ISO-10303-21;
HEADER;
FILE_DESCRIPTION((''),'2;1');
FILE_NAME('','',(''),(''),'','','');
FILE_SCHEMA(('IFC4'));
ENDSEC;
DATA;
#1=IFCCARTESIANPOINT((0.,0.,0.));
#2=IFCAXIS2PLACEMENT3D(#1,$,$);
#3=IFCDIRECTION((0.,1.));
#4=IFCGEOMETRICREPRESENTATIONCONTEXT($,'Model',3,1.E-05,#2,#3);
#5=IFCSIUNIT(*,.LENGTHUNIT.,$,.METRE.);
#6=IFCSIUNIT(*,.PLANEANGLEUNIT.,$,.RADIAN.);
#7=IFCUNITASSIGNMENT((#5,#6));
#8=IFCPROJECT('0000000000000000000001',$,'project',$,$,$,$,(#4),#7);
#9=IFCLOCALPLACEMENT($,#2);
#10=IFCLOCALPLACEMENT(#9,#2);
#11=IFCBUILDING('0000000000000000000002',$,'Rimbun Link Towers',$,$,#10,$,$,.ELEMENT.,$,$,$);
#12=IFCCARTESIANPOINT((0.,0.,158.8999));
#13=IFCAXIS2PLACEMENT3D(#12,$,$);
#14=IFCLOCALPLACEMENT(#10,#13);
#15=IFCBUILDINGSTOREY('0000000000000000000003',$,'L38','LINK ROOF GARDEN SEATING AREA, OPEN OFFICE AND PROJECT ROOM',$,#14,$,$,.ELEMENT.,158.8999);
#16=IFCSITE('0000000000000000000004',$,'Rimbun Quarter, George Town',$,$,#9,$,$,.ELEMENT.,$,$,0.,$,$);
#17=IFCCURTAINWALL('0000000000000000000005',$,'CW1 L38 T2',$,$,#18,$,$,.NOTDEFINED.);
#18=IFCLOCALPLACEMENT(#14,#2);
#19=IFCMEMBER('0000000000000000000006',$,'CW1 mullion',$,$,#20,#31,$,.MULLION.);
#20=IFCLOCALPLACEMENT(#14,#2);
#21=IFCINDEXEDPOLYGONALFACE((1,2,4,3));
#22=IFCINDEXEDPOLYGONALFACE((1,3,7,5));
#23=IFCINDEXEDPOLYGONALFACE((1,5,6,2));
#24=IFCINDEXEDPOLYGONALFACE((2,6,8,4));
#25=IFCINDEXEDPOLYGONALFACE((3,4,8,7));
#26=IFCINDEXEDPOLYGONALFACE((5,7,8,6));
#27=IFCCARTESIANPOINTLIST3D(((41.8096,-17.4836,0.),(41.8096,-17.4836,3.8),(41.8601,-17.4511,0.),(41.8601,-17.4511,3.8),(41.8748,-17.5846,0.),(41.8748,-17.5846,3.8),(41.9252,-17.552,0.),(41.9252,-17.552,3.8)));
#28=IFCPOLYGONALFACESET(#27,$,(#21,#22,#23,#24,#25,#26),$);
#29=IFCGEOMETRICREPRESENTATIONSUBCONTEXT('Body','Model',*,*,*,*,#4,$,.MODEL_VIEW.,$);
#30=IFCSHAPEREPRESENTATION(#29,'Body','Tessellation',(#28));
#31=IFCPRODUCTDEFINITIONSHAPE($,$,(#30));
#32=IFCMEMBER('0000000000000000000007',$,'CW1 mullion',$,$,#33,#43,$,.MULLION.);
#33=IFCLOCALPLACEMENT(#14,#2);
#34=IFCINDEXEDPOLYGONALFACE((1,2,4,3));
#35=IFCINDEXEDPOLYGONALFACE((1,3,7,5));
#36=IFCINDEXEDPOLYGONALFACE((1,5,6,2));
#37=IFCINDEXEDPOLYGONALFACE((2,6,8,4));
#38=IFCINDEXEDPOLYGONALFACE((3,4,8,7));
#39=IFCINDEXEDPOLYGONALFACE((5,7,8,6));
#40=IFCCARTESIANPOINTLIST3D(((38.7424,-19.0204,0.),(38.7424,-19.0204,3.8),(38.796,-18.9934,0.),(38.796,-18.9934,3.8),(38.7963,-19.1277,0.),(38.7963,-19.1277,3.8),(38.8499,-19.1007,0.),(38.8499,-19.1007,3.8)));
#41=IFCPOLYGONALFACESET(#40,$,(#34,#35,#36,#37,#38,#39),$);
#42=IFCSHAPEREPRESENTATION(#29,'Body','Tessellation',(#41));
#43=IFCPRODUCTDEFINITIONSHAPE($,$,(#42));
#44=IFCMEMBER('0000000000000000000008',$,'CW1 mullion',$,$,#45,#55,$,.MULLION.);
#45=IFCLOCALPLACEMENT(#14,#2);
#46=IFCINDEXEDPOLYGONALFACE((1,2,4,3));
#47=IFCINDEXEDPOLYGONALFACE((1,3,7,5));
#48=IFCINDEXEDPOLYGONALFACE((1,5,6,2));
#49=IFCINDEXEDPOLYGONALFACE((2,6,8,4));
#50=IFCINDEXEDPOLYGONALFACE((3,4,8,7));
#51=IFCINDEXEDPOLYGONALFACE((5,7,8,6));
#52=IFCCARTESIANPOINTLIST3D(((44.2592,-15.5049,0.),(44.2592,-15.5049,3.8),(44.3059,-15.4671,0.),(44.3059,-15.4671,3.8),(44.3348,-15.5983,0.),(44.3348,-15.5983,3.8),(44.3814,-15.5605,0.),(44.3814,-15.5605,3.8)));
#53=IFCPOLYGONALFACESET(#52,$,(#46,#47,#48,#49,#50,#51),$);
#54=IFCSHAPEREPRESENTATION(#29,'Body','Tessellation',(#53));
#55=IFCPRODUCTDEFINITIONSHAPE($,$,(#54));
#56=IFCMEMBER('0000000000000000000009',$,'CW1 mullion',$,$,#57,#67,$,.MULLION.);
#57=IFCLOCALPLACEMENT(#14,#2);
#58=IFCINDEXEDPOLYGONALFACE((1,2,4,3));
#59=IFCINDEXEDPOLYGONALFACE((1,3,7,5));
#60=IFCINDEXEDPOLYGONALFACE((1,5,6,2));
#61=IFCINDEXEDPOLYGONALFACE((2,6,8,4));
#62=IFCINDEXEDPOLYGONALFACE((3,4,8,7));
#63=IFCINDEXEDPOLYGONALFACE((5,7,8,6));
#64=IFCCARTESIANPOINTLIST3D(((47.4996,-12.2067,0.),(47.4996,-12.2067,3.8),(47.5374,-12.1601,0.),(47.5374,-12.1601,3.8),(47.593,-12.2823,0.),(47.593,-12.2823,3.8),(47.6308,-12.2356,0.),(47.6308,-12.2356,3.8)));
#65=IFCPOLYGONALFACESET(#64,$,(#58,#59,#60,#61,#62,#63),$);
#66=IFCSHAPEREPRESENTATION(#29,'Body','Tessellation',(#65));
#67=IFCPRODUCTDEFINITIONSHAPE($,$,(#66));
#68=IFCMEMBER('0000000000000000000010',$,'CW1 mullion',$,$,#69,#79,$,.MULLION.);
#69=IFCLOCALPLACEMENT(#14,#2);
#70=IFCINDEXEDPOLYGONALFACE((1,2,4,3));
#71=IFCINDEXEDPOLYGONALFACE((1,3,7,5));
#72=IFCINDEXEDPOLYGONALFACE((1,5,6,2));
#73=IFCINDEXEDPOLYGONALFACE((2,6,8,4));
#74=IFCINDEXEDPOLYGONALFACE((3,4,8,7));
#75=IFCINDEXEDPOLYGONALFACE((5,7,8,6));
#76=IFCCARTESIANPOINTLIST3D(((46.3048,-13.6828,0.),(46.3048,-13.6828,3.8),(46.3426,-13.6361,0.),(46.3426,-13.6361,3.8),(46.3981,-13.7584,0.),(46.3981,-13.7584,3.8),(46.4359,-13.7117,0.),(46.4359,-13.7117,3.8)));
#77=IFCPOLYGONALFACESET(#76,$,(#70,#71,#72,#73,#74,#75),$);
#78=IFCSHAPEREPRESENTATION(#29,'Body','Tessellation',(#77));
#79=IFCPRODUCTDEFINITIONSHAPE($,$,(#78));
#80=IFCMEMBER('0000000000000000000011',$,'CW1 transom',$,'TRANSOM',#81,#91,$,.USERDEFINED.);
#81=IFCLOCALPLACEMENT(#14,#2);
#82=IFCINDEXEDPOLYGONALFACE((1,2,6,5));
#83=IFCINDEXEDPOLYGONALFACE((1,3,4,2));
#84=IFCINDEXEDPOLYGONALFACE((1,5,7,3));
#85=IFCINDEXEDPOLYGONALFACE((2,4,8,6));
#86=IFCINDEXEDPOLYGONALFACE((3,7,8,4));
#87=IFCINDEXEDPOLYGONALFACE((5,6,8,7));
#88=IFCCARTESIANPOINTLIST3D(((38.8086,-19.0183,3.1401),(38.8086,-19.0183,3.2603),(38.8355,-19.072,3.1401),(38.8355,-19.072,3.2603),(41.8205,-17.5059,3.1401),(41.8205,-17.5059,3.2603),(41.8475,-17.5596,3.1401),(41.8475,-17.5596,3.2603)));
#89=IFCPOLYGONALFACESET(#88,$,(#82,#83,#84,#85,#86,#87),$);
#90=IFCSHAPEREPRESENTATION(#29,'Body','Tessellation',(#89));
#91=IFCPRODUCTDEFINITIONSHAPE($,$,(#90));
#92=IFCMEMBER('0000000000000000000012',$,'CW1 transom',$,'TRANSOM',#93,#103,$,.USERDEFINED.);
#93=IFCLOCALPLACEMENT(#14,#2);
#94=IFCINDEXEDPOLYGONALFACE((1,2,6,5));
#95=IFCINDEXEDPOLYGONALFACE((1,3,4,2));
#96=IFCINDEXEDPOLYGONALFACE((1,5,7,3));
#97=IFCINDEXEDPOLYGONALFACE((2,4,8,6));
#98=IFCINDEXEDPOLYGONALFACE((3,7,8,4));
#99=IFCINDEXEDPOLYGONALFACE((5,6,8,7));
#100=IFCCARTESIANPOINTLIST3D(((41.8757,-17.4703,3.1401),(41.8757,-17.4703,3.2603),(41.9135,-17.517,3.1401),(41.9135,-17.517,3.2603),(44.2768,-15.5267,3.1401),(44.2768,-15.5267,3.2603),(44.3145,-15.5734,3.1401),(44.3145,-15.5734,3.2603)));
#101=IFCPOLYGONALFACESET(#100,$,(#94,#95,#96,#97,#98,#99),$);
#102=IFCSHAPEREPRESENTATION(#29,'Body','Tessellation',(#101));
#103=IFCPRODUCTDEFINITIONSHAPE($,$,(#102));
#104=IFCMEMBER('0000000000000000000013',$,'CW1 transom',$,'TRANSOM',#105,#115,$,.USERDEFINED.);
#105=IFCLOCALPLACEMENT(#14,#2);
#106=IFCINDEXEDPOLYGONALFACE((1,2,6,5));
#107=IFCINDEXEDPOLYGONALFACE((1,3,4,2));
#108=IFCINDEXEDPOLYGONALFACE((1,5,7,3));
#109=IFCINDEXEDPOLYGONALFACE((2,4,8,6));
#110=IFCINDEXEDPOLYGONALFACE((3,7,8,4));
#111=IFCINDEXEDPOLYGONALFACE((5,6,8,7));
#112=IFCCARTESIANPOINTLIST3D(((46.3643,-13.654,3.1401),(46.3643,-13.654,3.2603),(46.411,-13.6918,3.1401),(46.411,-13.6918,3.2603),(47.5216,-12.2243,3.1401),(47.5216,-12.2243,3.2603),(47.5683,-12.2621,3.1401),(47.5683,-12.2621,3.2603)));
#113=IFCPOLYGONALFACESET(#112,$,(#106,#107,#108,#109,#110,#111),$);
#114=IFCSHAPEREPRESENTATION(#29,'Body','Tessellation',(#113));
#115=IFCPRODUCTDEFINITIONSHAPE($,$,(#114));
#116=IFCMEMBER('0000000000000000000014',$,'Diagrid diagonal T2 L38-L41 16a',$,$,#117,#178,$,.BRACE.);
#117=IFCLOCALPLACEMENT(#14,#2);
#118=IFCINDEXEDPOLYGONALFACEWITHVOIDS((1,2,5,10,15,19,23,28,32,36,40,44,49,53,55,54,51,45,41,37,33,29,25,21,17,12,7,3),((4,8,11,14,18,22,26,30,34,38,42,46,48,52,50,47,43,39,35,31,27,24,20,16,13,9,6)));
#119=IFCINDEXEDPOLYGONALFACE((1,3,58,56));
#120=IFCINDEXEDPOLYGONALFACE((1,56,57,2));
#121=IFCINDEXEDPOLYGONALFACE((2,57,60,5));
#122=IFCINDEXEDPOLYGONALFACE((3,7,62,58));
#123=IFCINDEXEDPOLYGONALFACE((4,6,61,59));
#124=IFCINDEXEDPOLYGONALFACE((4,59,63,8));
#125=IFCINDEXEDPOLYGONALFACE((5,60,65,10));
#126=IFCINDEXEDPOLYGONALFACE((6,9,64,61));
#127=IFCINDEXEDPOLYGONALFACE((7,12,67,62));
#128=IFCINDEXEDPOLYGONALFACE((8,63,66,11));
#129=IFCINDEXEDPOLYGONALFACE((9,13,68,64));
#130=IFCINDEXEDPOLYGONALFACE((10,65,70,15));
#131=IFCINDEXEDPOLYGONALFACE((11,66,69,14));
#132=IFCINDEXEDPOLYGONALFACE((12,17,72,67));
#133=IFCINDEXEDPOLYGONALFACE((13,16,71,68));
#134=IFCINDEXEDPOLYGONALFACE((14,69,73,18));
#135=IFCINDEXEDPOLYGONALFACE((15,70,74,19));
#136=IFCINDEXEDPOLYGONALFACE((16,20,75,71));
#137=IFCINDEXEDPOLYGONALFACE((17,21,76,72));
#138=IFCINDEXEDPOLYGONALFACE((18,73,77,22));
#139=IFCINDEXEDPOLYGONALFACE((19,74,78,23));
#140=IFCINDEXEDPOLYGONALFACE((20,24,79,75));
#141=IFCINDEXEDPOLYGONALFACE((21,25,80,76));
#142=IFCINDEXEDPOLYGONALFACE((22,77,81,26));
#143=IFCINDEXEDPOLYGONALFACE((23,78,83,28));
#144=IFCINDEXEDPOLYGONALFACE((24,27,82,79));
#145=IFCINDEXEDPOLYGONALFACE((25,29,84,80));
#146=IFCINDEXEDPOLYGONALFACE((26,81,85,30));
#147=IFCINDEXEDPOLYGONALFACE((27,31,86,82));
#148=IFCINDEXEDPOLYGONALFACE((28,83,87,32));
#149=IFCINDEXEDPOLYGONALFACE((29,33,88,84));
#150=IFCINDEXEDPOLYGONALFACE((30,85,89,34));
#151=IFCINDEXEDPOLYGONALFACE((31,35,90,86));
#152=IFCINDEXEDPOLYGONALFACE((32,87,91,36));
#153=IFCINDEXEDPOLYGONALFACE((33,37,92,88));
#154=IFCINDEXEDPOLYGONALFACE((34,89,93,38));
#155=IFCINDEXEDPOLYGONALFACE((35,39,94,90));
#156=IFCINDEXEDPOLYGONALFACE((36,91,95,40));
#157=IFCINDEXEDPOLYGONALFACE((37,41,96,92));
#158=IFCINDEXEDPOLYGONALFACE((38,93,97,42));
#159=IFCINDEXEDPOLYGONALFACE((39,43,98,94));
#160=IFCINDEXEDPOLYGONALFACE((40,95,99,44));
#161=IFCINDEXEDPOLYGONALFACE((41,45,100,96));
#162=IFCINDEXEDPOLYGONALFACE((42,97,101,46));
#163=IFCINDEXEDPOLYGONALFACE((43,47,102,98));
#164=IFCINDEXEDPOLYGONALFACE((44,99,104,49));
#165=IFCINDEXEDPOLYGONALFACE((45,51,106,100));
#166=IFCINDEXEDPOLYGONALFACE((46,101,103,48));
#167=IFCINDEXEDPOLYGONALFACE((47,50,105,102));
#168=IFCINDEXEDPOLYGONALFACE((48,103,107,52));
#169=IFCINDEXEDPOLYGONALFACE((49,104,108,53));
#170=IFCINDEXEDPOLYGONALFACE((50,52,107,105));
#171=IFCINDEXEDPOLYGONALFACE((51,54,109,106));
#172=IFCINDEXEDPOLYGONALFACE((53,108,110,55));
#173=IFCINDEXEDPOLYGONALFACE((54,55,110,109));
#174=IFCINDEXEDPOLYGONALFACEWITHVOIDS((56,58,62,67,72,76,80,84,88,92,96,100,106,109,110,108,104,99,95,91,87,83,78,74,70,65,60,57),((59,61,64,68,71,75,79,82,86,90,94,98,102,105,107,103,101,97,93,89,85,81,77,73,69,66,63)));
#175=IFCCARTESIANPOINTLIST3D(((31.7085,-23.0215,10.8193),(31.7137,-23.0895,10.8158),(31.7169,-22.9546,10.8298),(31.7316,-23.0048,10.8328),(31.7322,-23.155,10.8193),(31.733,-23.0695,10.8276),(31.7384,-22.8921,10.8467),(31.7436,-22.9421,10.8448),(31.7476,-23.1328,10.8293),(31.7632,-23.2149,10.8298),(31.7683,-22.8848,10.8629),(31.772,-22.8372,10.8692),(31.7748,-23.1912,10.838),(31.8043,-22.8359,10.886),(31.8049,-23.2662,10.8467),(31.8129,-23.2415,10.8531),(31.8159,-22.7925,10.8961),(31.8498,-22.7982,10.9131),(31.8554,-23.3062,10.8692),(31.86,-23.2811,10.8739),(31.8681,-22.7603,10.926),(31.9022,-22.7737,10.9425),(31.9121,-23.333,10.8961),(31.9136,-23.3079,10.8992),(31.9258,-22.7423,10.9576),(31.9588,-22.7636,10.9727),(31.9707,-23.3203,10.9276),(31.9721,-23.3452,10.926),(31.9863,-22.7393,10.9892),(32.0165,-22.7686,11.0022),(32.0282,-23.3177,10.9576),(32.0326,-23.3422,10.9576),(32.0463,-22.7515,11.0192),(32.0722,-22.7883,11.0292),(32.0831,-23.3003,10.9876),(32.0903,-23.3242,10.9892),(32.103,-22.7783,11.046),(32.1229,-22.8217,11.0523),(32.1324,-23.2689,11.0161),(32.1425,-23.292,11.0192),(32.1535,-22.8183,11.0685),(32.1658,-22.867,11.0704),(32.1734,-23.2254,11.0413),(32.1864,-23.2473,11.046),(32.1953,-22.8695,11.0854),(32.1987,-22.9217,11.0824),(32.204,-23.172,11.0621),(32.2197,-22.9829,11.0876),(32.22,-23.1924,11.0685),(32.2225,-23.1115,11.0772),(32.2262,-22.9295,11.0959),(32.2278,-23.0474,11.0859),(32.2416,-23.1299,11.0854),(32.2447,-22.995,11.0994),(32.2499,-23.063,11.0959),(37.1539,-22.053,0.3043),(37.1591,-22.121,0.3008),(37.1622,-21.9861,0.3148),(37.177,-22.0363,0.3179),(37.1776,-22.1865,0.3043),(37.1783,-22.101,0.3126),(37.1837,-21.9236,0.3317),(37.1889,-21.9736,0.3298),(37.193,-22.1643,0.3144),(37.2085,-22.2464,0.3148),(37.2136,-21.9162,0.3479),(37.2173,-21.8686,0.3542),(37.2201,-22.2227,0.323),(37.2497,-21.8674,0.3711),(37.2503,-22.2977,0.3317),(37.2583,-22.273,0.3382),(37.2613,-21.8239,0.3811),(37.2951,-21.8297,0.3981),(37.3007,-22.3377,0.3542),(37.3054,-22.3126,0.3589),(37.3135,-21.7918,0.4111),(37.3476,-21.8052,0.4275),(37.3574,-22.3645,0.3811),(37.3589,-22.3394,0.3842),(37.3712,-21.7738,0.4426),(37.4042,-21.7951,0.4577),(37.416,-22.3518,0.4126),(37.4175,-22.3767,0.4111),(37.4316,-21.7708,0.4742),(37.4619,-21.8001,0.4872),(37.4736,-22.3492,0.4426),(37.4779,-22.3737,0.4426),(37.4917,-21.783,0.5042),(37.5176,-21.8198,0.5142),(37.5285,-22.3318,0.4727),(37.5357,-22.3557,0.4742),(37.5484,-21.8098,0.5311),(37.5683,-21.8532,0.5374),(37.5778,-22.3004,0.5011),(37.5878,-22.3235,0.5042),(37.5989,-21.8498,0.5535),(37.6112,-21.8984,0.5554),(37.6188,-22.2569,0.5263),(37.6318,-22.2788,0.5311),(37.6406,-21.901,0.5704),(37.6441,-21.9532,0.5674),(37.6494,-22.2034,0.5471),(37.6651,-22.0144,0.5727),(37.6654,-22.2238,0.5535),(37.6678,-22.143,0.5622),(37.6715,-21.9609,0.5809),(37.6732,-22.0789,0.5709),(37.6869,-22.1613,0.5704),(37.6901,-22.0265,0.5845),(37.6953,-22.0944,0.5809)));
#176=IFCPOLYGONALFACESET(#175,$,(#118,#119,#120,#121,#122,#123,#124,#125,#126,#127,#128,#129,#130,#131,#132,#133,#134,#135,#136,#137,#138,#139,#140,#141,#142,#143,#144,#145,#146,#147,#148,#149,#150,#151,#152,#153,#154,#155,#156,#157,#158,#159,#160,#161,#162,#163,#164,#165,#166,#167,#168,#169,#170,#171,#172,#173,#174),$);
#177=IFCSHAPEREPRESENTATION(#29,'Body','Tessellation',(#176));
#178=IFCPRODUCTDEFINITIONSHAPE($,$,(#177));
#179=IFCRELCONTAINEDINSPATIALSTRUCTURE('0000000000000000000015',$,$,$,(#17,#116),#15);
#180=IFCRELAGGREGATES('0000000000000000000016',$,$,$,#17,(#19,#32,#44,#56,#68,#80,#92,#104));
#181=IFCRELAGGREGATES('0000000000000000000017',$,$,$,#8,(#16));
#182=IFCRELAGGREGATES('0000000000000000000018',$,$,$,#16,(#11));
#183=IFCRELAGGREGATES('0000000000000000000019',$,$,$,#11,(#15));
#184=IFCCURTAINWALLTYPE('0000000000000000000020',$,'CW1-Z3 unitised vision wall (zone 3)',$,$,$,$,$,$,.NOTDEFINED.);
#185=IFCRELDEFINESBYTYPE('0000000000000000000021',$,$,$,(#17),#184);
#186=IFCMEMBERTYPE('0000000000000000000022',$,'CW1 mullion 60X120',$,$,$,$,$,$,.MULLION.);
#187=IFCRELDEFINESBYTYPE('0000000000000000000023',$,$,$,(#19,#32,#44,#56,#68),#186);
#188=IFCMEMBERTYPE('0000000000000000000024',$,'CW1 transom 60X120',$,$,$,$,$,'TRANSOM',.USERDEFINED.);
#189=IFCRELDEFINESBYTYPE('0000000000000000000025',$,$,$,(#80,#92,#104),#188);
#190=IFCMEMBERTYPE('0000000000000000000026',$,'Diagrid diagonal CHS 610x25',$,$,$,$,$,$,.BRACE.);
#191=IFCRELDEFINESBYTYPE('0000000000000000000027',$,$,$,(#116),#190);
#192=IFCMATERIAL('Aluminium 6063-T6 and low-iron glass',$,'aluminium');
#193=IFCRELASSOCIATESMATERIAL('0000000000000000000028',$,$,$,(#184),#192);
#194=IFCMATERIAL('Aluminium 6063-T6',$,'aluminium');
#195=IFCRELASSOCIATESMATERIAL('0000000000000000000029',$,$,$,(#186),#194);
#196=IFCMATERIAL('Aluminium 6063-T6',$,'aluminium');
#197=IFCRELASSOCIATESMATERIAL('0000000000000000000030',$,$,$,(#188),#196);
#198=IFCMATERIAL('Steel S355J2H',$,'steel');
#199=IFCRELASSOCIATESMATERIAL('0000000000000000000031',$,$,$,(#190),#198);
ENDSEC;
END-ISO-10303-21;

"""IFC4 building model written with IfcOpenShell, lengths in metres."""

from ifc_helpers import new_model, si_unit, direction, frame, origin, origin_2d, place, context, subcontext, project, spatial, rectangle, hollow_circle, extrude, material, material_profile, profile_set, type_object, element, aggregate, save


model = new_model("IFC4")

# Units and contexts
model_context = context("Model", 3, precision=1e-05, world=origin(), true_north=direction((0.0, 1.0)))
body_context = subcontext(model_context, "Body", "Model", "MODEL_VIEW")
ifc_project = project(units=[si_unit("LENGTHUNIT", "METRE"), si_unit("PLANEANGLEUNIT", "RADIAN")], contexts=[model_context])

# Site, building, storey
site_placement = place(None, origin())
site = spatial("IfcSite", under=ifc_project, at=site_placement, Name="Rimbun Quarter, George Town", CompositionType="ELEMENT", RefElevation=0.0)
building_placement = place(site_placement, origin())
building = spatial("IfcBuilding", under=site, at=building_placement, Name="Rimbun Link Towers", CompositionType="ELEMENT")
storey_placement = place(building_placement, frame((0.0, 0.0, 158.8999)))
storey = spatial("IfcBuildingStorey", under=building, at=storey_placement, Name="L38", Description="LINK ROOF GARDEN SEATING AREA, OPEN OFFICE AND PROJECT ROOM", CompositionType="ELEMENT", Elevation=158.8999)

# Curtain wall, members
ifc_material_1 = material(Name="Aluminium 6063-T6 and low-iron glass", Category="aluminium")
curtain_wall_type = type_object("IfcCurtainWallType", Name="CW1-Z3 unitised vision wall (zone 3)", PredefinedType="NOTDEFINED", material=ifc_material_1)
curtain_wall_placement = place(storey_placement, origin())
curtain_wall = element("IfcCurtainWall", 1, at=curtain_wall_placement, inside=storey, type_object=curtain_wall_type, Name="CW1 L38 T2", PredefinedType="NOTDEFINED")
ifc_material_2 = material(Name="Aluminium 6063-T6", Category="aluminium")
ifc_material_profile_1 = material_profile(ifc_material_2, rectangle(XDim=0.1201, YDim=0.0601, at=origin_2d()), Name="MULLION 60X120")
ifc_profile_set_1 = profile_set([ifc_material_profile_1], Name="Aluminium 6063-T6")
member_type_1 = type_object("IfcMemberType", Name="CW1 mullion 60X120", PredefinedType="MULLION", material=ifc_profile_set_1)
member_1_placement = place(storey_placement, frame((41.8674, -17.5178, 0.0), z_axis=(0.0, 0.0, 1.0), x_axis=(0.5421, -0.840314, 0.0)))
member_1 = element("IfcMember", 2, at=member_1_placement, type_object=member_type_1, Name="CW1 mullion", PredefinedType="MULLION", context=body_context, shape_type="SweptSolid", body=[
    extrude(rectangle(XDim=0.1201, YDim=0.0601, at=origin_2d()), origin(), (0.0, 0.0, 1.0), 3.8),
])
member_2_placement = place(storey_placement, frame((38.7961, -19.0605, 0.0), z_axis=(0.0, 0.0, 1.0), x_axis=(0.448766, -0.893649, 0.0)))
member_2 = element("IfcMember", 3, at=member_2_placement, type_object=member_type_1, Name="CW1 mullion", PredefinedType="MULLION", context=body_context, shape_type="SweptSolid", body=[
    extrude(rectangle(XDim=0.1201, YDim=0.0601, at=origin_2d()), origin(), (0.0, 0.0, 1.0), 3.8),
])
member_3_placement = place(storey_placement, frame((44.3203, -15.5327, 0.0), z_axis=(0.0, 0.0, 1.0), x_axis=(0.629169, -0.777269, 0.0)))
member_3 = element("IfcMember", 4, at=member_3_placement, type_object=member_type_1, Name="CW1 mullion", PredefinedType="MULLION", context=body_context, shape_type="SweptSolid", body=[
    extrude(rectangle(XDim=0.1201, YDim=0.0601, at=origin_2d()), origin(), (0.0, 0.0, 1.0), 3.8),
])
member_4_placement = place(storey_placement, frame((47.5652, -12.2212, 0.0), z_axis=(0.0, 0.0, 1.0), x_axis=(0.777269, -0.629169, 0.0)))
member_4 = element("IfcMember", 5, at=member_4_placement, type_object=member_type_1, Name="CW1 mullion", PredefinedType="MULLION", context=body_context, shape_type="SweptSolid", body=[
    extrude(rectangle(XDim=0.1201, YDim=0.0601, at=origin_2d()), origin(), (0.0, 0.0, 1.0), 3.8),
])
member_5_placement = place(storey_placement, frame((46.3704, -13.6973, 0.0), z_axis=(0.0, 0.0, 1.0), x_axis=(0.777269, -0.629169, 0.0)))
member_5 = element("IfcMember", 6, at=member_5_placement, type_object=member_type_1, Name="CW1 mullion", PredefinedType="MULLION", context=body_context, shape_type="SweptSolid", body=[
    extrude(rectangle(XDim=0.1201, YDim=0.0601, at=origin_2d()), origin(), (0.0, 0.0, 1.0), 3.8),
])
ifc_material_3 = material(Name="Aluminium 6063-T6", Category="aluminium")
ifc_material_profile_2 = material_profile(ifc_material_3, rectangle(XDim=0.0601, YDim=0.1201, at=origin_2d()), Name="TRANSOM 60X120")
ifc_profile_set_2 = profile_set([ifc_material_profile_2], Name="Aluminium 6063-T6")
member_type_2 = type_object("IfcMemberType", Name="CW1 transom 60X120", ElementType="TRANSOM", PredefinedType="USERDEFINED", material=ifc_profile_set_2)
member_6_placement = place(storey_placement, frame((41.834, -17.5327, 3.2002), z_axis=(-0.893658, -0.448749, 0.0), x_axis=(0.448749, -0.893658, 0.0)))
member_6 = element("IfcMember", 7, at=member_6_placement, type_object=member_type_2, Name="CW1 transom", ObjectType="TRANSOM", PredefinedType="USERDEFINED", context=body_context, shape_type="SweptSolid", body=[
    extrude(rectangle(XDim=0.0601, YDim=0.1201, at=origin_2d()), origin(), (0.0, 0.0, 1.0), 3.3704),
])
member_7_placement = place(storey_placement, frame((44.2957, -15.55, 3.2002), z_axis=(-0.777271, -0.629166, 0.0), x_axis=(0.629166, -0.777271, 0.0)))
member_7 = element("IfcMember", 8, at=member_7_placement, type_object=member_type_2, Name="CW1 transom", ObjectType="TRANSOM", PredefinedType="USERDEFINED", context=body_context, shape_type="SweptSolid", body=[
    extrude(rectangle(XDim=0.0601, YDim=0.1201, at=origin_2d()), origin(), (0.0, 0.0, 1.0), 3.0891),
])
member_8_placement = place(storey_placement, frame((47.5449, -12.2432, 3.2002), z_axis=(-0.629152, -0.777282, 0.0), x_axis=(0.777282, -0.629152, 0.0)))
member_8 = element("IfcMember", 9, at=member_8_placement, type_object=member_type_2, Name="CW1 transom", ObjectType="TRANSOM", PredefinedType="USERDEFINED", context=body_context, shape_type="SweptSolid", body=[
    extrude(rectangle(XDim=0.0601, YDim=0.1201, at=origin_2d()), origin(), (0.0, 0.0, 1.0), 1.8394),
])

# Member
ifc_material_4 = material(Name="Steel S355J2H", Category="steel")
ifc_material_profile_3 = material_profile(ifc_material_4, hollow_circle(Radius=0.3047, WallThickness=0.0249, at=origin_2d()), Name="Diagrid diagonal CHS 610x25")
ifc_profile_set_3 = profile_set([ifc_material_profile_3], Name="Steel S355J2H")
member_type_3 = type_object("IfcMemberType", Name="Diagrid diagonal CHS 610x25", PredefinedType="BRACE", material=ifc_profile_set_3)
member_9_placement = place(storey_placement, frame((37.4246, -22.0737, 0.4426), z_axis=(-0.45833, -0.081519, 0.885036), x_axis=(0.175112, -0.984548, 0.0)))
element("IfcMember", 10, at=member_9_placement, inside=storey, type_object=member_type_3, Name="Diagrid diagonal T2 L38-L41 16a", PredefinedType="BRACE", context=body_context, shape_type="SweptSolid", body=[
    extrude(hollow_circle(Radius=0.3047, WallThickness=0.0249, at=origin_2d()), origin(), (0.0, 0.0, 1.0), 11.8809),
])

aggregate(curtain_wall, [member_1, member_2, member_3, member_4, member_5, member_6, member_7, member_8])

save(model, "model.ifc")
